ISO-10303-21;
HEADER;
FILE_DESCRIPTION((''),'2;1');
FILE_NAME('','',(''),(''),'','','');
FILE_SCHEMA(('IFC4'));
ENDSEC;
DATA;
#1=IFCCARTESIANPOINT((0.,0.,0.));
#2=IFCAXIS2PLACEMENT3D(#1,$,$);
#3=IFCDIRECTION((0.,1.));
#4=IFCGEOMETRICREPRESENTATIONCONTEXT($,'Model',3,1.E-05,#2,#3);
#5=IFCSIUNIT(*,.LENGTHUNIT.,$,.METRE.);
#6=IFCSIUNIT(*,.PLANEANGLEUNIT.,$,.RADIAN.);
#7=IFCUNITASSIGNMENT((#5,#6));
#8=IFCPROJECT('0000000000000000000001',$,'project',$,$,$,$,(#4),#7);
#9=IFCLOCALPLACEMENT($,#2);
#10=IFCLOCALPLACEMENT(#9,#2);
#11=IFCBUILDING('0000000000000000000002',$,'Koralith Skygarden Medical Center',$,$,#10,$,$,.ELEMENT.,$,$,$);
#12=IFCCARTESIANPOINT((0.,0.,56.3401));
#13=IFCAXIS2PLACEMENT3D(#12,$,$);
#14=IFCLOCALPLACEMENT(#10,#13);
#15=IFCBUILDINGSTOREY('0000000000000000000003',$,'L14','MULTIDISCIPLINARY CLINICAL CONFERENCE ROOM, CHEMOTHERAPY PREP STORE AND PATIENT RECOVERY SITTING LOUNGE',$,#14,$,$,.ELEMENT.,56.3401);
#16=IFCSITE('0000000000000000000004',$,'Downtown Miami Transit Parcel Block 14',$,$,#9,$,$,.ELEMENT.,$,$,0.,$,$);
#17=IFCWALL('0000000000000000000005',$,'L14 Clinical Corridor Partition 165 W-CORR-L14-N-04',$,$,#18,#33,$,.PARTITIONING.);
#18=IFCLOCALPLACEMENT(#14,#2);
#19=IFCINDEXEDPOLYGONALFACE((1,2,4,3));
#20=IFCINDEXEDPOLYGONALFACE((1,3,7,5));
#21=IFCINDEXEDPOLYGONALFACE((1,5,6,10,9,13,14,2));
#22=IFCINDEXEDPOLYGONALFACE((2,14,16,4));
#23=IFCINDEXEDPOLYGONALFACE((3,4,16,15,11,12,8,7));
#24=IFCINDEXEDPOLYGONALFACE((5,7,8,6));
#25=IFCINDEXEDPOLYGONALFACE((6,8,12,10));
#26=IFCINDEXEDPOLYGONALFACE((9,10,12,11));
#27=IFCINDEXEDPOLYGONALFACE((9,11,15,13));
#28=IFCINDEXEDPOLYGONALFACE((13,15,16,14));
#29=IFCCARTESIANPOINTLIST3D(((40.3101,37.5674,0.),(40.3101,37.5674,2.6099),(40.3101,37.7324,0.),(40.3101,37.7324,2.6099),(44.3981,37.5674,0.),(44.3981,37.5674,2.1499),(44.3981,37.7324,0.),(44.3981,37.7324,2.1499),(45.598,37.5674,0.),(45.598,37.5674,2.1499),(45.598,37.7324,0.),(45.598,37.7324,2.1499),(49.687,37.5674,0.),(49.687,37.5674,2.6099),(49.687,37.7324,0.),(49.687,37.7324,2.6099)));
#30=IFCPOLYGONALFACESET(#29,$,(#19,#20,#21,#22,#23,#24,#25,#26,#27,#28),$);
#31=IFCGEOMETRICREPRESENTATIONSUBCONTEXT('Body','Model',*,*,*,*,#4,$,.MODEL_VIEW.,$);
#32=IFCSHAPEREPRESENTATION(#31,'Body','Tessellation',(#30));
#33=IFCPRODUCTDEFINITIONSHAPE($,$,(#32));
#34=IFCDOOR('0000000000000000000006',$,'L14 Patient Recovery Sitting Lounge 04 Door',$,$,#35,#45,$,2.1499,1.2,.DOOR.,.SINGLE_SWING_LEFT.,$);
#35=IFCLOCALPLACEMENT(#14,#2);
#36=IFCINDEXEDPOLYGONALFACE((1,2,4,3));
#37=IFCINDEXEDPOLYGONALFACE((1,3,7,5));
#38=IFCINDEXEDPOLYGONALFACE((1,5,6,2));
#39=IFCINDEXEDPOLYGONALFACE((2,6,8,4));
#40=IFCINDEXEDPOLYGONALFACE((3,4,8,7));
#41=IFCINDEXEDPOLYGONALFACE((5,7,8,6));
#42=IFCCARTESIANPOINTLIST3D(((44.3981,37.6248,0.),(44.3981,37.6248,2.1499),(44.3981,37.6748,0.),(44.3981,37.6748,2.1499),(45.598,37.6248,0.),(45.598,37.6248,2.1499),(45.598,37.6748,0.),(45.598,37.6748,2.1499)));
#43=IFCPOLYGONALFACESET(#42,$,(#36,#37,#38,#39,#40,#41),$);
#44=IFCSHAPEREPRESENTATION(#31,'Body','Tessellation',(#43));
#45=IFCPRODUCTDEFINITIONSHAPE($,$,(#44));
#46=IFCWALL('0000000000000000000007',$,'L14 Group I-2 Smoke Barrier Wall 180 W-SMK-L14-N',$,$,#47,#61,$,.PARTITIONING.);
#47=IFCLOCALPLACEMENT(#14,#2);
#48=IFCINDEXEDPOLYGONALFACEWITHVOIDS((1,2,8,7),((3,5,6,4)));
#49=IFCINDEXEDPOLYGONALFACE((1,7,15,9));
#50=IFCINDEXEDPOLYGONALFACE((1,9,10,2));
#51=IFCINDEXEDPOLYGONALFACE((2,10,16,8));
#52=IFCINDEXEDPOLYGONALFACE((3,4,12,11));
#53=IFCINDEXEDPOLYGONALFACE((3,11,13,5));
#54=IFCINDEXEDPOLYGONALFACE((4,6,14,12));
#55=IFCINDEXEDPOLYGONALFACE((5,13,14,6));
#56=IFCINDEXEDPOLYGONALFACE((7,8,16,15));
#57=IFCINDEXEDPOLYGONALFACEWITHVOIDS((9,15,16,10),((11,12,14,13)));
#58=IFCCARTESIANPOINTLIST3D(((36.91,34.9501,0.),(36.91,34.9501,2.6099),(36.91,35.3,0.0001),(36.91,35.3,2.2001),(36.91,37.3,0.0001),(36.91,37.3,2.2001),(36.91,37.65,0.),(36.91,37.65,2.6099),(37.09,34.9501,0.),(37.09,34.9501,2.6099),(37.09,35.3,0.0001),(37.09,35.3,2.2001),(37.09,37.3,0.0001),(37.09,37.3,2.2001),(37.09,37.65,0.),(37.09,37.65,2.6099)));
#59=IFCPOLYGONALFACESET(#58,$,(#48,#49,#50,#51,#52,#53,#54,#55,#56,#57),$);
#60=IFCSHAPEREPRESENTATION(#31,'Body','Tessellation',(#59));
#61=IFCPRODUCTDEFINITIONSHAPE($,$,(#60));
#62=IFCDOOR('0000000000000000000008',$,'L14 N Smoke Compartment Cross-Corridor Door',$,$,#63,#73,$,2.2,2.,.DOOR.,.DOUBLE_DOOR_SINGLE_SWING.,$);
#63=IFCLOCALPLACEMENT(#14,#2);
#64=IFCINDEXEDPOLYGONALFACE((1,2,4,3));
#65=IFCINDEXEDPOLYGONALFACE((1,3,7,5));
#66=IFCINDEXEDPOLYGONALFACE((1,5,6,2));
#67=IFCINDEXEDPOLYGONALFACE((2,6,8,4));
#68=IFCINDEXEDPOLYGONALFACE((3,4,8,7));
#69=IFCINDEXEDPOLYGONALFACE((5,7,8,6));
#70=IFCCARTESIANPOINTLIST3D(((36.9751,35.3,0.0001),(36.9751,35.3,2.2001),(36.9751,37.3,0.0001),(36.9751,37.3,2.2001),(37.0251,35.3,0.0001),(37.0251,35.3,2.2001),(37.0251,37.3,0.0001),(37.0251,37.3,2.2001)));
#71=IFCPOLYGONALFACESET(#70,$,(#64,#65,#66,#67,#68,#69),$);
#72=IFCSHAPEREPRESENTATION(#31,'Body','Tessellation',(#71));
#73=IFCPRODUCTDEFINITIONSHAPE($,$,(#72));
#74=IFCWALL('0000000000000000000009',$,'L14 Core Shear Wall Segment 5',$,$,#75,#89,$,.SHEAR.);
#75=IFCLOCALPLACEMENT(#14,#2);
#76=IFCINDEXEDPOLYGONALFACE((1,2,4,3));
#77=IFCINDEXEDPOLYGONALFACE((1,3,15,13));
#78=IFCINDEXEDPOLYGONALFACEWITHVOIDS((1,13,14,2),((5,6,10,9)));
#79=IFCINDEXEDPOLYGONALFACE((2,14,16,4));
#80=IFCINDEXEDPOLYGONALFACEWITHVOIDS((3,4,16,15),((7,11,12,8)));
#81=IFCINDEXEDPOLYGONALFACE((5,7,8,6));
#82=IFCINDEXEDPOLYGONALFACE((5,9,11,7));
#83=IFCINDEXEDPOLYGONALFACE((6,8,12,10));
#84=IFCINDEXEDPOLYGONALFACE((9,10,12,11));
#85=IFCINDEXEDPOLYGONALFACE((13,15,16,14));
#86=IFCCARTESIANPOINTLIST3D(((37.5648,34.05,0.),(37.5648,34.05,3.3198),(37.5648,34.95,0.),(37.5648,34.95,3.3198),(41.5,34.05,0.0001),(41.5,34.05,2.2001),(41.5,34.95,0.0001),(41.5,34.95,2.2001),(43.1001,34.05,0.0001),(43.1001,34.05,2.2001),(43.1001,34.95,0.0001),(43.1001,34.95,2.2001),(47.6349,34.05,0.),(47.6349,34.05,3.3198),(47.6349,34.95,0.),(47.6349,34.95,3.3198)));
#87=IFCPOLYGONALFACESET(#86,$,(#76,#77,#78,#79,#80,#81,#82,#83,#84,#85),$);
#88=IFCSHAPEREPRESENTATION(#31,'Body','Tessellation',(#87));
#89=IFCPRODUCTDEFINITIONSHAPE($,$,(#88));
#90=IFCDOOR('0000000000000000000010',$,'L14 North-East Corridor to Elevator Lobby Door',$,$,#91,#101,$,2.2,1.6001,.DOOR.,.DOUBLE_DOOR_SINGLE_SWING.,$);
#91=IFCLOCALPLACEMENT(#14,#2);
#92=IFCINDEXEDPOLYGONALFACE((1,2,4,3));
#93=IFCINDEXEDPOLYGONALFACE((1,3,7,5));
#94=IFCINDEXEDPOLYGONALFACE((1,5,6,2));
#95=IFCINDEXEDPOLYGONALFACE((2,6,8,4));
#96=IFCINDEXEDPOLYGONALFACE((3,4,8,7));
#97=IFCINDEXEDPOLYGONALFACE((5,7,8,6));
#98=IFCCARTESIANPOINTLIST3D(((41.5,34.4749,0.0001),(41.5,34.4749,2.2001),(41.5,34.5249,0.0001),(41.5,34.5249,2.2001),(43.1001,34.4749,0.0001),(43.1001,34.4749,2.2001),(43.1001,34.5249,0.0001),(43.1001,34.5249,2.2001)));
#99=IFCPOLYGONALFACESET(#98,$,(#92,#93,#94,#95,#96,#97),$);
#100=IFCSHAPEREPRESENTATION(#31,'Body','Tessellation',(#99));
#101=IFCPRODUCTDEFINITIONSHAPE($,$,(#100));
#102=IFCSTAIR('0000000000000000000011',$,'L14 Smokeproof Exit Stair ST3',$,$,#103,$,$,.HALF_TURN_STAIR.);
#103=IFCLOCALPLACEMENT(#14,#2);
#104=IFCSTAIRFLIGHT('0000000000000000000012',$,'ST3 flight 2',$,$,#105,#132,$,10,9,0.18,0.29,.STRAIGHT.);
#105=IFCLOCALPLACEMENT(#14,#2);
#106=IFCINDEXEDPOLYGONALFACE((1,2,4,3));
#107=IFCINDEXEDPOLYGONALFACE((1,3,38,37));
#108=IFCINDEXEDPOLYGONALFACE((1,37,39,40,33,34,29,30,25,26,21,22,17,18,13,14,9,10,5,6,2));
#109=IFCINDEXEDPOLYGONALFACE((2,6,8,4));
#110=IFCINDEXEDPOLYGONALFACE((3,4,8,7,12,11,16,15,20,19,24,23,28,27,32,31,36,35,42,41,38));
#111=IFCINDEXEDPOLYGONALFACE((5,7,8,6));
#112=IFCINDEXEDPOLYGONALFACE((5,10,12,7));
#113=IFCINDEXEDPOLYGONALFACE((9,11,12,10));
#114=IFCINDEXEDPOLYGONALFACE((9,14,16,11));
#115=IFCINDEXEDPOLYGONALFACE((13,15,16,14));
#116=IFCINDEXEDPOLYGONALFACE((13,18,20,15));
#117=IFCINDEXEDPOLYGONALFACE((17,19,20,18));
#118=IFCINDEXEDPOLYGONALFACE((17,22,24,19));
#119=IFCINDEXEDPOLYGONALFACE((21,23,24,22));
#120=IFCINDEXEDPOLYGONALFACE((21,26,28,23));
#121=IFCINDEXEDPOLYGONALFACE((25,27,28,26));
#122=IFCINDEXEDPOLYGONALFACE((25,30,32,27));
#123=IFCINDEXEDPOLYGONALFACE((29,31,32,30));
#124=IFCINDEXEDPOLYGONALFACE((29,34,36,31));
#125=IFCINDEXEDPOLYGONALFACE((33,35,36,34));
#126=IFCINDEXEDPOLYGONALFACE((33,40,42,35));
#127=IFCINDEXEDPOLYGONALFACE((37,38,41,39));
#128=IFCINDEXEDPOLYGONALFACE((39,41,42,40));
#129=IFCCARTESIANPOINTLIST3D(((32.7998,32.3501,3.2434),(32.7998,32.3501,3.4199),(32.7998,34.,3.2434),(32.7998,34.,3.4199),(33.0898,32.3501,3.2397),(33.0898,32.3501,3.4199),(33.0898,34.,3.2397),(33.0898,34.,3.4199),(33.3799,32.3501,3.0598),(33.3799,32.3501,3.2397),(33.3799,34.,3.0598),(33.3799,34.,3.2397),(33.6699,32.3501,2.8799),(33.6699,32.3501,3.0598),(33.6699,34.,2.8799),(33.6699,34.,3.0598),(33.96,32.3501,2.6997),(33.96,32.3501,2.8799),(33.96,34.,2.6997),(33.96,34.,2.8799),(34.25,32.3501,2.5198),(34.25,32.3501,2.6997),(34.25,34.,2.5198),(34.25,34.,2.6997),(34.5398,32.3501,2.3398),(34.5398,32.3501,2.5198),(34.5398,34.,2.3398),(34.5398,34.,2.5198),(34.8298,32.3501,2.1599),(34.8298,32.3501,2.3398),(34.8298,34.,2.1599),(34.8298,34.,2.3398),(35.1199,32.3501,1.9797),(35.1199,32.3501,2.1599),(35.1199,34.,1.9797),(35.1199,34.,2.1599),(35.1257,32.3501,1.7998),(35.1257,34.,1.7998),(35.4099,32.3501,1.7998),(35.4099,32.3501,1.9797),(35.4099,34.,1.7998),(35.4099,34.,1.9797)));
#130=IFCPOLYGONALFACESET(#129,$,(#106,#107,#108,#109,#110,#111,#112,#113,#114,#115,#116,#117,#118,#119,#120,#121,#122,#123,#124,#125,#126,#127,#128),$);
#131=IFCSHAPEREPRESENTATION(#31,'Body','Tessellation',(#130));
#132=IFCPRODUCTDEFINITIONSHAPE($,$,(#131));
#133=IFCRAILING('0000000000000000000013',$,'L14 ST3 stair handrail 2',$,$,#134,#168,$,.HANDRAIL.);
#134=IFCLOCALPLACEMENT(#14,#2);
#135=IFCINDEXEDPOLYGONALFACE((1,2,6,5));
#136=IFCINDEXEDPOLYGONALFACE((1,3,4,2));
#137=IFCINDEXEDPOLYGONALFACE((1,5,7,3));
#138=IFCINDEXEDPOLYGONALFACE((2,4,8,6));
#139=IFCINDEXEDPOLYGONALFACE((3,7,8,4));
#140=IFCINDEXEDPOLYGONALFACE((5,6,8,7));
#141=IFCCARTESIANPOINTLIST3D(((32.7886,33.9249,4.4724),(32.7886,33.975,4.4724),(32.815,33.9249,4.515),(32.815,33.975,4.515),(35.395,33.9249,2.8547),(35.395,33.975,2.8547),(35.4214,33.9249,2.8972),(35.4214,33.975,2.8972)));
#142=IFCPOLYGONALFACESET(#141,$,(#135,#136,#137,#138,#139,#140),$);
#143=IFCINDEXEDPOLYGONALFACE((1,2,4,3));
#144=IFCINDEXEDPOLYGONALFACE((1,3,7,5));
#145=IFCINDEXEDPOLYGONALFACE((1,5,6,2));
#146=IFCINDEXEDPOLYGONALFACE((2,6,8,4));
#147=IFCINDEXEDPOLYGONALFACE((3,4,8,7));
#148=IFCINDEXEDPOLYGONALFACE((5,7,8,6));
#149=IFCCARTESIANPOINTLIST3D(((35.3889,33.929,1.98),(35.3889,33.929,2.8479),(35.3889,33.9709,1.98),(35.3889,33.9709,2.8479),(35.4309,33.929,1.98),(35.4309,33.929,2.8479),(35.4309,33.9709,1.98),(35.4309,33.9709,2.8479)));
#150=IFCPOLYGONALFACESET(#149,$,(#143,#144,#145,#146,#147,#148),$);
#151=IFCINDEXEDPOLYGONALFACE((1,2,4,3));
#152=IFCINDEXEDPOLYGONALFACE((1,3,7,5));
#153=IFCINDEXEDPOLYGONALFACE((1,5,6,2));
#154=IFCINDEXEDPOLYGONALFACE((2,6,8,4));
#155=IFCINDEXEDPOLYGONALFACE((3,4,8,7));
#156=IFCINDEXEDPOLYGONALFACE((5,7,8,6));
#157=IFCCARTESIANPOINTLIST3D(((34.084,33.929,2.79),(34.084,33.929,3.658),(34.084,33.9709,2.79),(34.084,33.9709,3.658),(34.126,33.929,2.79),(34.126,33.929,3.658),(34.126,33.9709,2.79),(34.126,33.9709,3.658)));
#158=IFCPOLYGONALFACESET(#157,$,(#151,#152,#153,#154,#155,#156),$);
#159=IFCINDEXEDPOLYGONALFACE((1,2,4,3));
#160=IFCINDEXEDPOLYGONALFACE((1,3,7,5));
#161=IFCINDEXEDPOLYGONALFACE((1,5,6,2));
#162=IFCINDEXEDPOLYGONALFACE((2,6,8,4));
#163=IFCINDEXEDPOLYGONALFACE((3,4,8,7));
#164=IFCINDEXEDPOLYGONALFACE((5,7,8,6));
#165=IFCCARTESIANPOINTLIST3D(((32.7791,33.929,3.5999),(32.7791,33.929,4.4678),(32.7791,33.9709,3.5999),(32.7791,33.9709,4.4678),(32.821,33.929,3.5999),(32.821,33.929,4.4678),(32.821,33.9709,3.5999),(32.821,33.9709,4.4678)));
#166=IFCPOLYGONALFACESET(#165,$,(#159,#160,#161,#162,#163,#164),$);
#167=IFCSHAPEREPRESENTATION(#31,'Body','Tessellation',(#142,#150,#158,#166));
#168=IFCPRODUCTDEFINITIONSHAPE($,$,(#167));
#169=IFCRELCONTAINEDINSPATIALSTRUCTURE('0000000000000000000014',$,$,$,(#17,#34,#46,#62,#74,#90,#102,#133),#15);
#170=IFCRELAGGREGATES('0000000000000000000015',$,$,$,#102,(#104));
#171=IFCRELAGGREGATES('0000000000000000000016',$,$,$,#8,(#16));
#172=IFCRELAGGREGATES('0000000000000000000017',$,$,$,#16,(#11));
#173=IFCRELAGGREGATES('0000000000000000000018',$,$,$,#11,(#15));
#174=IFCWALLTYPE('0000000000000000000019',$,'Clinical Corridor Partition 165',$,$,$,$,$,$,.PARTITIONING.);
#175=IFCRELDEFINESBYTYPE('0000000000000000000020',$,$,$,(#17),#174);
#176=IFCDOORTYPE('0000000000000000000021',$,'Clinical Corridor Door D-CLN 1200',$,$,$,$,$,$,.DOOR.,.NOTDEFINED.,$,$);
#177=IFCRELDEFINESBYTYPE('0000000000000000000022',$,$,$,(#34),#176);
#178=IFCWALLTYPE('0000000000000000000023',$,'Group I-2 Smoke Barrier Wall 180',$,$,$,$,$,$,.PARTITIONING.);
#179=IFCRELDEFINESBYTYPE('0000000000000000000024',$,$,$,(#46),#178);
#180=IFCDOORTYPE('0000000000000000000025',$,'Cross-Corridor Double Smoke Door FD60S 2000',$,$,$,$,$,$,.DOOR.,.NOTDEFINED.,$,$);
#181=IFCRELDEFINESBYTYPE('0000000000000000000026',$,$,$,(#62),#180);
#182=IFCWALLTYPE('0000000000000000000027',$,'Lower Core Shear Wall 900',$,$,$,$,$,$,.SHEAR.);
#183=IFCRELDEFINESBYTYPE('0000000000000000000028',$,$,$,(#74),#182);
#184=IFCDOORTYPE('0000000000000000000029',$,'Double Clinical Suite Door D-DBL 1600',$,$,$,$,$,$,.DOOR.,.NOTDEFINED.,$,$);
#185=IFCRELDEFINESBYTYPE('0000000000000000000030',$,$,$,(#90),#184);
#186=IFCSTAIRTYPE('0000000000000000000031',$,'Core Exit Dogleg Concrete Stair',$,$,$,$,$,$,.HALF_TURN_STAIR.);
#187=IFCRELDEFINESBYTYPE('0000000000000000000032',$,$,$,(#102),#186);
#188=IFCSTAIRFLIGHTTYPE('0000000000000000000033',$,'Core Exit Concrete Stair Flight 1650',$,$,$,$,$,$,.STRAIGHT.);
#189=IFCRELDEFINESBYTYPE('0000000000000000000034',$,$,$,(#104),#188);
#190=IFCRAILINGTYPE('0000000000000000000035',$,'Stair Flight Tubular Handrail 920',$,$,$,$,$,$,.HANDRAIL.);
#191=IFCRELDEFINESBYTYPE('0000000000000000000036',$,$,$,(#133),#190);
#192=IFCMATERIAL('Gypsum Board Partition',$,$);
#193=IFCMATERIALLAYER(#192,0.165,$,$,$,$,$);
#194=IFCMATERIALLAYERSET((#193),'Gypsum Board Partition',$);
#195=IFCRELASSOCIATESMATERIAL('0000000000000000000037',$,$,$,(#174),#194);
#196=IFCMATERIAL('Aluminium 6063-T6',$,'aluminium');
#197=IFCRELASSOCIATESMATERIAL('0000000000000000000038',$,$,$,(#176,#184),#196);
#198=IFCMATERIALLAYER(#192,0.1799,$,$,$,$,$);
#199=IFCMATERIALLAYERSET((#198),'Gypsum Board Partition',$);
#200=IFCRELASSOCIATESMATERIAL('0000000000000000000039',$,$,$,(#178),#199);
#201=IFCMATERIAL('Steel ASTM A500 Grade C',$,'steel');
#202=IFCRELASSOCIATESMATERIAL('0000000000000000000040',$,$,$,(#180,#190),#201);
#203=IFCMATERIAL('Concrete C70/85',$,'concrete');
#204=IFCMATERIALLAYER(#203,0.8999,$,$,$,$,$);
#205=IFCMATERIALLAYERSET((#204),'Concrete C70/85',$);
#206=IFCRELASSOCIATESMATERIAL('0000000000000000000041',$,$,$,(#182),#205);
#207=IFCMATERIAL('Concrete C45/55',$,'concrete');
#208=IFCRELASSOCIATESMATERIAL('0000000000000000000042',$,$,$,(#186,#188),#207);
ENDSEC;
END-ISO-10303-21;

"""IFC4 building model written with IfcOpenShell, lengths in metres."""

from ifc_helpers import new_model, si_unit, direction, frame, frame_2d, origin, origin_2d, place, context, subcontext, project, spatial, polyline, rectangle, outline, extrude, material, layer, layer_set, type_object, element, fill, aggregate, save


model = new_model("IFC4")

# Units and contexts
model_context = context("Model", 3, precision=1e-05, world=origin(), true_north=direction((0.0, 1.0)))
body_context = subcontext(model_context, "Body", "Model", "MODEL_VIEW")
ifc_project = project(units=[si_unit("LENGTHUNIT", "METRE"), si_unit("PLANEANGLEUNIT", "RADIAN")], contexts=[model_context])

# Site, building, storey
site_placement = place(None, origin())
site = spatial("IfcSite", under=ifc_project, at=site_placement, Name="Downtown Miami Transit Parcel Block 14", CompositionType="ELEMENT", RefElevation=0.0)
building_placement = place(site_placement, origin())
building = spatial("IfcBuilding", under=site, at=building_placement, Name="Koralith Skygarden Medical Center", CompositionType="ELEMENT")
storey_placement = place(building_placement, frame((0.0, 0.0, 56.3401)))
storey = spatial("IfcBuildingStorey", under=building, at=storey_placement, Name="L14", Description="MULTIDISCIPLINARY CLINICAL CONFERENCE ROOM, CHEMOTHERAPY PREP STORE AND PATIENT RECOVERY SITTING LOUNGE", CompositionType="ELEMENT", Elevation=56.3401)

# Shared definitions
ifc_material_1 = material(Name="Concrete C70/85", Category="concrete")

# Shared definitions
ifc_material_2 = material(Name="Aluminium 6063-T6", Category="aluminium")

# Shared definitions
ifc_material_3 = material(Name="Concrete C45/55", Category="concrete")

# Shared definitions
ifc_material_4 = material(Name="Gypsum Board Partition")

# Walls, openings, doors
ifc_layer_1 = layer(ifc_material_4, 0.165)
ifc_layer_set_1 = layer_set([ifc_layer_1], Name="Gypsum Board Partition")
wall_type_1 = type_object("IfcWallType", Name="Clinical Corridor Partition 165", PredefinedType="PARTITIONING", material=ifc_layer_set_1)
wall_1_placement = place(storey_placement, frame((40.3101, 37.6499, 0.0), z_axis=(0.0, 0.0, 1.0), x_axis=(1.0, 0.0, 0.0)))
wall_1 = element("IfcWall", 1, at=wall_1_placement, inside=storey, type_object=wall_type_1, Name="L14 Clinical Corridor Partition 165 W-CORR-L14-N-04", PredefinedType="PARTITIONING", context=body_context, shape_type="SweptSolid", body=[
    extrude(rectangle(XDim=9.377, YDim=0.165, at=frame_2d((4.6885, 0.0))), origin(), (0.0, 0.0, 1.0), 2.6099),
])
opening_1_placement = place(wall_1_placement, frame((4.0879, 0.0, 0.0)))
opening_1 = element("IfcOpeningElement", 2, at=opening_1_placement, cuts=wall_1, PredefinedType="OPENING", context=body_context, shape_type="SweptSolid", body=[
    extrude(rectangle(XDim=1.2, YDim=2.1499, at=frame_2d((0.6001, 1.075))), frame((0.0, 0.0925, 0.0), z_axis=(0.0, -1.0, 0.0), x_axis=(1.0, 0.0, 0.0)), (0.0, 0.0, 1.0), 0.1851),
])
door_type_1 = type_object("IfcDoorType", Name="Clinical Corridor Door D-CLN 1200", OperationType="NOTDEFINED", PredefinedType="DOOR", material=ifc_material_2)
door_1_placement = place(opening_1_placement, origin())
door_1 = element("IfcDoor", 3, at=door_1_placement, inside=storey, type_object=door_type_1, Name="L14 Patient Recovery Sitting Lounge 04 Door", OperationType="SINGLE_SWING_LEFT", OverallHeight=2.1499, OverallWidth=1.2, PredefinedType="DOOR", context=body_context, shape_type="SweptSolid", body=[
    extrude(rectangle(XDim=1.2, YDim=2.1499, at=frame_2d((0.6001, 1.075))), frame((0.0, 0.0249, 0.0), z_axis=(0.0, -1.0, 0.0), x_axis=(1.0, 0.0, 0.0)), (0.0, 0.0, 1.0), 0.05),
])
fill(opening_1, door_1)
ifc_layer_2 = layer(ifc_material_4, 0.1799)
ifc_layer_set_2 = layer_set([ifc_layer_2], Name="Gypsum Board Partition")
wall_type_2 = type_object("IfcWallType", Name="Group I-2 Smoke Barrier Wall 180", PredefinedType="PARTITIONING", material=ifc_layer_set_2)
wall_2_placement = place(storey_placement, frame((37.0, 34.95, 0.0), z_axis=(0.0, 0.0, 1.0), x_axis=(0.0, 1.0, 0.0)))
wall_2 = element("IfcWall", 4, at=wall_2_placement, inside=storey, type_object=wall_type_2, Name="L14 Group I-2 Smoke Barrier Wall 180 W-SMK-L14-N", PredefinedType="PARTITIONING", context=body_context, shape_type="SweptSolid", body=[
    extrude(rectangle(XDim=2.7, YDim=0.1799, at=frame_2d((1.3501, 0.0))), origin(), (0.0, 0.0, 1.0), 2.6099),
])
opening_2_placement = place(wall_2_placement, frame((0.3501, 0.0, 0.0)))
opening_2 = element("IfcOpeningElement", 5, at=opening_2_placement, cuts=wall_2, PredefinedType="OPENING", context=body_context, shape_type="SweptSolid", body=[
    extrude(rectangle(XDim=2.0, YDim=2.2, at=frame_2d((1.0, 1.1001))), frame((0.0, 0.0999, 0.0), z_axis=(0.0, -1.0, 0.0), x_axis=(1.0, 0.0, 0.0)), (0.0, 0.0, 1.0), 0.2),
])
ifc_material_5 = material(Name="Steel ASTM A500 Grade C", Category="steel")
door_type_2 = type_object("IfcDoorType", Name="Cross-Corridor Double Smoke Door FD60S 2000", OperationType="NOTDEFINED", PredefinedType="DOOR", material=ifc_material_5)
door_2_placement = place(opening_2_placement, origin())
door_2 = element("IfcDoor", 6, at=door_2_placement, inside=storey, type_object=door_type_2, Name="L14 N Smoke Compartment Cross-Corridor Door", OperationType="DOUBLE_DOOR_SINGLE_SWING", OverallHeight=2.2, OverallWidth=2.0, PredefinedType="DOOR", context=body_context, shape_type="SweptSolid", body=[
    extrude(rectangle(XDim=2.0, YDim=2.2, at=frame_2d((1.0, 1.1001))), frame((0.0, 0.0249, 0.0), z_axis=(0.0, -1.0, 0.0), x_axis=(1.0, 0.0, 0.0)), (0.0, 0.0, 1.0), 0.05),
])
fill(opening_2, door_2)
ifc_layer_3 = layer(ifc_material_1, 0.8999)
ifc_layer_set_3 = layer_set([ifc_layer_3], Name="Concrete C70/85")
wall_type_3 = type_object("IfcWallType", Name="Lower Core Shear Wall 900", PredefinedType="SHEAR", material=ifc_layer_set_3)
wall_3_placement = place(storey_placement, frame((47.635, 34.5, 0.0), z_axis=(0.0, 0.0, 1.0), x_axis=(-1.0, 0.0, 0.0)))
wall_3 = element("IfcWall", 7, at=wall_3_placement, inside=storey, type_object=wall_type_3, Name="L14 Core Shear Wall Segment 5", PredefinedType="SHEAR", context=body_context, shape_type="SweptSolid", body=[
    extrude(rectangle(XDim=10.0701, YDim=0.8999, at=frame_2d((5.0352, 0.0))), origin(), (0.0, 0.0, 1.0), 3.3198),
])
opening_3_placement = place(wall_3_placement, frame((4.5349, 0.0, 0.0)))
opening_3 = element("IfcOpeningElement", 8, at=opening_3_placement, cuts=wall_3, PredefinedType="OPENING", context=body_context, shape_type="SweptSolid", body=[
    extrude(rectangle(XDim=1.6001, YDim=2.2, at=frame_2d((0.8, 1.1001))), frame((0.0, 0.46, 0.0), z_axis=(0.0, -1.0, 0.0), x_axis=(1.0, 0.0, 0.0)), (0.0, 0.0, 1.0), 0.9199),
])
door_type_3 = type_object("IfcDoorType", Name="Double Clinical Suite Door D-DBL 1600", OperationType="NOTDEFINED", PredefinedType="DOOR", material=ifc_material_2)
door_3_placement = place(opening_3_placement, frame((1.6001, 0.0, 0.0), z_axis=(0.0, 0.0, 1.0), x_axis=(-1.0, 0.0, 0.0)))
door_3 = element("IfcDoor", 9, at=door_3_placement, inside=storey, type_object=door_type_3, Name="L14 North-East Corridor to Elevator Lobby Door", OperationType="DOUBLE_DOOR_SINGLE_SWING", OverallHeight=2.2, OverallWidth=1.6001, PredefinedType="DOOR", context=body_context, shape_type="SweptSolid", body=[
    extrude(rectangle(XDim=1.6001, YDim=2.2, at=frame_2d((0.8, 1.1001))), frame((0.0, 0.0249, 0.0), z_axis=(0.0, -1.0, 0.0), x_axis=(1.0, 0.0, 0.0)), (0.0, 0.0, 1.0), 0.05),
])
fill(opening_3, door_3)

# Stair, stair flight
stair_type = type_object("IfcStairType", Name="Core Exit Dogleg Concrete Stair", PredefinedType="HALF_TURN_STAIR", material=ifc_material_3)
stair_placement = place(storey_placement, origin())
stair = element("IfcStair", 10, at=stair_placement, inside=storey, type_object=stair_type, Name="L14 Smokeproof Exit Stair ST3", PredefinedType="HALF_TURN_STAIR")
stair_flight_type = type_object("IfcStairFlightType", Name="Core Exit Concrete Stair Flight 1650", PredefinedType="STRAIGHT", material=ifc_material_3)
stair_flight_placement = place(storey_placement, frame((35.4099, 33.175, 1.7998), z_axis=(0.0, 0.0, 1.0), x_axis=(-1.0, 0.0, 0.0)))
stair_flight = element("IfcStairFlight", 11, at=stair_flight_placement, type_object=stair_flight_type, Name="ST3 flight 2", NumberOfRisers=10, NumberOfTreads=9, PredefinedType="STRAIGHT", RiserHeight=0.18, TreadLength=0.29, context=body_context, shape_type="SweptSolid", body=[
    extrude(outline(polyline([(0.0, 0.0), (0.0, 0.1799), (0.29, 0.1799), (0.29, 0.3601), (0.5801, 0.3601), (0.5801, 0.54), (0.8701, 0.54), (0.8701, 0.72), (1.1599, 0.72), (1.1599, 0.8999), (1.45, 0.8999), (1.45, 1.0801), (1.74, 1.0801), (1.74, 1.26), (2.03, 1.26), (2.03, 1.4399), (2.3201, 1.4399), (2.3201, 1.6201), (2.6101, 1.6201), (2.6101, 1.8), (2.6101, 1.4436), (0.2842, 0.0), (0.0, 0.0)])), frame((0.0, 0.825, 0.0), z_axis=(0.0, -1.0, 0.0), x_axis=(1.0, 0.0, 0.0)), (0.0, 0.0, 1.0), 1.6499),
])
aggregate(stair, [stair_flight])

# Railing
railing_type = type_object("IfcRailingType", Name="Stair Flight Tubular Handrail 920", PredefinedType="HANDRAIL", material=ifc_material_5)
railing_placement = place(storey_placement, frame((35.4099, 33.95, 1.98)))
element("IfcRailing", 12, at=railing_placement, inside=storey, type_object=railing_type, Name="L14 ST3 stair handrail 2", PredefinedType="HANDRAIL", context=body_context, shape_type="SweptSolid", body=[
    extrude(rectangle(XDim=0.05, YDim=0.05, at=origin_2d()), frame((-0.0017, 0.0, 0.896), z_axis=(-0.849646, 0.0, 0.527353), x_axis=(0.0, -1.0, 0.0)), (0.0, 0.0, 1.0), 3.0676),
    extrude(rectangle(XDim=0.042, YDim=0.042, at=origin_2d()), origin(), (0.0, 0.0, 1.0), 0.8679),
    extrude(rectangle(XDim=0.042, YDim=0.042, at=origin_2d()), frame((-1.3049, 0.0, 0.8101)), (0.0, 0.0, 1.0), 0.8679),
    extrude(rectangle(XDim=0.042, YDim=0.042, at=origin_2d()), frame((-2.6099, 0.0, 1.6199)), (0.0, 0.0, 1.0), 0.8679),
])

save(model, "model.ifc")
